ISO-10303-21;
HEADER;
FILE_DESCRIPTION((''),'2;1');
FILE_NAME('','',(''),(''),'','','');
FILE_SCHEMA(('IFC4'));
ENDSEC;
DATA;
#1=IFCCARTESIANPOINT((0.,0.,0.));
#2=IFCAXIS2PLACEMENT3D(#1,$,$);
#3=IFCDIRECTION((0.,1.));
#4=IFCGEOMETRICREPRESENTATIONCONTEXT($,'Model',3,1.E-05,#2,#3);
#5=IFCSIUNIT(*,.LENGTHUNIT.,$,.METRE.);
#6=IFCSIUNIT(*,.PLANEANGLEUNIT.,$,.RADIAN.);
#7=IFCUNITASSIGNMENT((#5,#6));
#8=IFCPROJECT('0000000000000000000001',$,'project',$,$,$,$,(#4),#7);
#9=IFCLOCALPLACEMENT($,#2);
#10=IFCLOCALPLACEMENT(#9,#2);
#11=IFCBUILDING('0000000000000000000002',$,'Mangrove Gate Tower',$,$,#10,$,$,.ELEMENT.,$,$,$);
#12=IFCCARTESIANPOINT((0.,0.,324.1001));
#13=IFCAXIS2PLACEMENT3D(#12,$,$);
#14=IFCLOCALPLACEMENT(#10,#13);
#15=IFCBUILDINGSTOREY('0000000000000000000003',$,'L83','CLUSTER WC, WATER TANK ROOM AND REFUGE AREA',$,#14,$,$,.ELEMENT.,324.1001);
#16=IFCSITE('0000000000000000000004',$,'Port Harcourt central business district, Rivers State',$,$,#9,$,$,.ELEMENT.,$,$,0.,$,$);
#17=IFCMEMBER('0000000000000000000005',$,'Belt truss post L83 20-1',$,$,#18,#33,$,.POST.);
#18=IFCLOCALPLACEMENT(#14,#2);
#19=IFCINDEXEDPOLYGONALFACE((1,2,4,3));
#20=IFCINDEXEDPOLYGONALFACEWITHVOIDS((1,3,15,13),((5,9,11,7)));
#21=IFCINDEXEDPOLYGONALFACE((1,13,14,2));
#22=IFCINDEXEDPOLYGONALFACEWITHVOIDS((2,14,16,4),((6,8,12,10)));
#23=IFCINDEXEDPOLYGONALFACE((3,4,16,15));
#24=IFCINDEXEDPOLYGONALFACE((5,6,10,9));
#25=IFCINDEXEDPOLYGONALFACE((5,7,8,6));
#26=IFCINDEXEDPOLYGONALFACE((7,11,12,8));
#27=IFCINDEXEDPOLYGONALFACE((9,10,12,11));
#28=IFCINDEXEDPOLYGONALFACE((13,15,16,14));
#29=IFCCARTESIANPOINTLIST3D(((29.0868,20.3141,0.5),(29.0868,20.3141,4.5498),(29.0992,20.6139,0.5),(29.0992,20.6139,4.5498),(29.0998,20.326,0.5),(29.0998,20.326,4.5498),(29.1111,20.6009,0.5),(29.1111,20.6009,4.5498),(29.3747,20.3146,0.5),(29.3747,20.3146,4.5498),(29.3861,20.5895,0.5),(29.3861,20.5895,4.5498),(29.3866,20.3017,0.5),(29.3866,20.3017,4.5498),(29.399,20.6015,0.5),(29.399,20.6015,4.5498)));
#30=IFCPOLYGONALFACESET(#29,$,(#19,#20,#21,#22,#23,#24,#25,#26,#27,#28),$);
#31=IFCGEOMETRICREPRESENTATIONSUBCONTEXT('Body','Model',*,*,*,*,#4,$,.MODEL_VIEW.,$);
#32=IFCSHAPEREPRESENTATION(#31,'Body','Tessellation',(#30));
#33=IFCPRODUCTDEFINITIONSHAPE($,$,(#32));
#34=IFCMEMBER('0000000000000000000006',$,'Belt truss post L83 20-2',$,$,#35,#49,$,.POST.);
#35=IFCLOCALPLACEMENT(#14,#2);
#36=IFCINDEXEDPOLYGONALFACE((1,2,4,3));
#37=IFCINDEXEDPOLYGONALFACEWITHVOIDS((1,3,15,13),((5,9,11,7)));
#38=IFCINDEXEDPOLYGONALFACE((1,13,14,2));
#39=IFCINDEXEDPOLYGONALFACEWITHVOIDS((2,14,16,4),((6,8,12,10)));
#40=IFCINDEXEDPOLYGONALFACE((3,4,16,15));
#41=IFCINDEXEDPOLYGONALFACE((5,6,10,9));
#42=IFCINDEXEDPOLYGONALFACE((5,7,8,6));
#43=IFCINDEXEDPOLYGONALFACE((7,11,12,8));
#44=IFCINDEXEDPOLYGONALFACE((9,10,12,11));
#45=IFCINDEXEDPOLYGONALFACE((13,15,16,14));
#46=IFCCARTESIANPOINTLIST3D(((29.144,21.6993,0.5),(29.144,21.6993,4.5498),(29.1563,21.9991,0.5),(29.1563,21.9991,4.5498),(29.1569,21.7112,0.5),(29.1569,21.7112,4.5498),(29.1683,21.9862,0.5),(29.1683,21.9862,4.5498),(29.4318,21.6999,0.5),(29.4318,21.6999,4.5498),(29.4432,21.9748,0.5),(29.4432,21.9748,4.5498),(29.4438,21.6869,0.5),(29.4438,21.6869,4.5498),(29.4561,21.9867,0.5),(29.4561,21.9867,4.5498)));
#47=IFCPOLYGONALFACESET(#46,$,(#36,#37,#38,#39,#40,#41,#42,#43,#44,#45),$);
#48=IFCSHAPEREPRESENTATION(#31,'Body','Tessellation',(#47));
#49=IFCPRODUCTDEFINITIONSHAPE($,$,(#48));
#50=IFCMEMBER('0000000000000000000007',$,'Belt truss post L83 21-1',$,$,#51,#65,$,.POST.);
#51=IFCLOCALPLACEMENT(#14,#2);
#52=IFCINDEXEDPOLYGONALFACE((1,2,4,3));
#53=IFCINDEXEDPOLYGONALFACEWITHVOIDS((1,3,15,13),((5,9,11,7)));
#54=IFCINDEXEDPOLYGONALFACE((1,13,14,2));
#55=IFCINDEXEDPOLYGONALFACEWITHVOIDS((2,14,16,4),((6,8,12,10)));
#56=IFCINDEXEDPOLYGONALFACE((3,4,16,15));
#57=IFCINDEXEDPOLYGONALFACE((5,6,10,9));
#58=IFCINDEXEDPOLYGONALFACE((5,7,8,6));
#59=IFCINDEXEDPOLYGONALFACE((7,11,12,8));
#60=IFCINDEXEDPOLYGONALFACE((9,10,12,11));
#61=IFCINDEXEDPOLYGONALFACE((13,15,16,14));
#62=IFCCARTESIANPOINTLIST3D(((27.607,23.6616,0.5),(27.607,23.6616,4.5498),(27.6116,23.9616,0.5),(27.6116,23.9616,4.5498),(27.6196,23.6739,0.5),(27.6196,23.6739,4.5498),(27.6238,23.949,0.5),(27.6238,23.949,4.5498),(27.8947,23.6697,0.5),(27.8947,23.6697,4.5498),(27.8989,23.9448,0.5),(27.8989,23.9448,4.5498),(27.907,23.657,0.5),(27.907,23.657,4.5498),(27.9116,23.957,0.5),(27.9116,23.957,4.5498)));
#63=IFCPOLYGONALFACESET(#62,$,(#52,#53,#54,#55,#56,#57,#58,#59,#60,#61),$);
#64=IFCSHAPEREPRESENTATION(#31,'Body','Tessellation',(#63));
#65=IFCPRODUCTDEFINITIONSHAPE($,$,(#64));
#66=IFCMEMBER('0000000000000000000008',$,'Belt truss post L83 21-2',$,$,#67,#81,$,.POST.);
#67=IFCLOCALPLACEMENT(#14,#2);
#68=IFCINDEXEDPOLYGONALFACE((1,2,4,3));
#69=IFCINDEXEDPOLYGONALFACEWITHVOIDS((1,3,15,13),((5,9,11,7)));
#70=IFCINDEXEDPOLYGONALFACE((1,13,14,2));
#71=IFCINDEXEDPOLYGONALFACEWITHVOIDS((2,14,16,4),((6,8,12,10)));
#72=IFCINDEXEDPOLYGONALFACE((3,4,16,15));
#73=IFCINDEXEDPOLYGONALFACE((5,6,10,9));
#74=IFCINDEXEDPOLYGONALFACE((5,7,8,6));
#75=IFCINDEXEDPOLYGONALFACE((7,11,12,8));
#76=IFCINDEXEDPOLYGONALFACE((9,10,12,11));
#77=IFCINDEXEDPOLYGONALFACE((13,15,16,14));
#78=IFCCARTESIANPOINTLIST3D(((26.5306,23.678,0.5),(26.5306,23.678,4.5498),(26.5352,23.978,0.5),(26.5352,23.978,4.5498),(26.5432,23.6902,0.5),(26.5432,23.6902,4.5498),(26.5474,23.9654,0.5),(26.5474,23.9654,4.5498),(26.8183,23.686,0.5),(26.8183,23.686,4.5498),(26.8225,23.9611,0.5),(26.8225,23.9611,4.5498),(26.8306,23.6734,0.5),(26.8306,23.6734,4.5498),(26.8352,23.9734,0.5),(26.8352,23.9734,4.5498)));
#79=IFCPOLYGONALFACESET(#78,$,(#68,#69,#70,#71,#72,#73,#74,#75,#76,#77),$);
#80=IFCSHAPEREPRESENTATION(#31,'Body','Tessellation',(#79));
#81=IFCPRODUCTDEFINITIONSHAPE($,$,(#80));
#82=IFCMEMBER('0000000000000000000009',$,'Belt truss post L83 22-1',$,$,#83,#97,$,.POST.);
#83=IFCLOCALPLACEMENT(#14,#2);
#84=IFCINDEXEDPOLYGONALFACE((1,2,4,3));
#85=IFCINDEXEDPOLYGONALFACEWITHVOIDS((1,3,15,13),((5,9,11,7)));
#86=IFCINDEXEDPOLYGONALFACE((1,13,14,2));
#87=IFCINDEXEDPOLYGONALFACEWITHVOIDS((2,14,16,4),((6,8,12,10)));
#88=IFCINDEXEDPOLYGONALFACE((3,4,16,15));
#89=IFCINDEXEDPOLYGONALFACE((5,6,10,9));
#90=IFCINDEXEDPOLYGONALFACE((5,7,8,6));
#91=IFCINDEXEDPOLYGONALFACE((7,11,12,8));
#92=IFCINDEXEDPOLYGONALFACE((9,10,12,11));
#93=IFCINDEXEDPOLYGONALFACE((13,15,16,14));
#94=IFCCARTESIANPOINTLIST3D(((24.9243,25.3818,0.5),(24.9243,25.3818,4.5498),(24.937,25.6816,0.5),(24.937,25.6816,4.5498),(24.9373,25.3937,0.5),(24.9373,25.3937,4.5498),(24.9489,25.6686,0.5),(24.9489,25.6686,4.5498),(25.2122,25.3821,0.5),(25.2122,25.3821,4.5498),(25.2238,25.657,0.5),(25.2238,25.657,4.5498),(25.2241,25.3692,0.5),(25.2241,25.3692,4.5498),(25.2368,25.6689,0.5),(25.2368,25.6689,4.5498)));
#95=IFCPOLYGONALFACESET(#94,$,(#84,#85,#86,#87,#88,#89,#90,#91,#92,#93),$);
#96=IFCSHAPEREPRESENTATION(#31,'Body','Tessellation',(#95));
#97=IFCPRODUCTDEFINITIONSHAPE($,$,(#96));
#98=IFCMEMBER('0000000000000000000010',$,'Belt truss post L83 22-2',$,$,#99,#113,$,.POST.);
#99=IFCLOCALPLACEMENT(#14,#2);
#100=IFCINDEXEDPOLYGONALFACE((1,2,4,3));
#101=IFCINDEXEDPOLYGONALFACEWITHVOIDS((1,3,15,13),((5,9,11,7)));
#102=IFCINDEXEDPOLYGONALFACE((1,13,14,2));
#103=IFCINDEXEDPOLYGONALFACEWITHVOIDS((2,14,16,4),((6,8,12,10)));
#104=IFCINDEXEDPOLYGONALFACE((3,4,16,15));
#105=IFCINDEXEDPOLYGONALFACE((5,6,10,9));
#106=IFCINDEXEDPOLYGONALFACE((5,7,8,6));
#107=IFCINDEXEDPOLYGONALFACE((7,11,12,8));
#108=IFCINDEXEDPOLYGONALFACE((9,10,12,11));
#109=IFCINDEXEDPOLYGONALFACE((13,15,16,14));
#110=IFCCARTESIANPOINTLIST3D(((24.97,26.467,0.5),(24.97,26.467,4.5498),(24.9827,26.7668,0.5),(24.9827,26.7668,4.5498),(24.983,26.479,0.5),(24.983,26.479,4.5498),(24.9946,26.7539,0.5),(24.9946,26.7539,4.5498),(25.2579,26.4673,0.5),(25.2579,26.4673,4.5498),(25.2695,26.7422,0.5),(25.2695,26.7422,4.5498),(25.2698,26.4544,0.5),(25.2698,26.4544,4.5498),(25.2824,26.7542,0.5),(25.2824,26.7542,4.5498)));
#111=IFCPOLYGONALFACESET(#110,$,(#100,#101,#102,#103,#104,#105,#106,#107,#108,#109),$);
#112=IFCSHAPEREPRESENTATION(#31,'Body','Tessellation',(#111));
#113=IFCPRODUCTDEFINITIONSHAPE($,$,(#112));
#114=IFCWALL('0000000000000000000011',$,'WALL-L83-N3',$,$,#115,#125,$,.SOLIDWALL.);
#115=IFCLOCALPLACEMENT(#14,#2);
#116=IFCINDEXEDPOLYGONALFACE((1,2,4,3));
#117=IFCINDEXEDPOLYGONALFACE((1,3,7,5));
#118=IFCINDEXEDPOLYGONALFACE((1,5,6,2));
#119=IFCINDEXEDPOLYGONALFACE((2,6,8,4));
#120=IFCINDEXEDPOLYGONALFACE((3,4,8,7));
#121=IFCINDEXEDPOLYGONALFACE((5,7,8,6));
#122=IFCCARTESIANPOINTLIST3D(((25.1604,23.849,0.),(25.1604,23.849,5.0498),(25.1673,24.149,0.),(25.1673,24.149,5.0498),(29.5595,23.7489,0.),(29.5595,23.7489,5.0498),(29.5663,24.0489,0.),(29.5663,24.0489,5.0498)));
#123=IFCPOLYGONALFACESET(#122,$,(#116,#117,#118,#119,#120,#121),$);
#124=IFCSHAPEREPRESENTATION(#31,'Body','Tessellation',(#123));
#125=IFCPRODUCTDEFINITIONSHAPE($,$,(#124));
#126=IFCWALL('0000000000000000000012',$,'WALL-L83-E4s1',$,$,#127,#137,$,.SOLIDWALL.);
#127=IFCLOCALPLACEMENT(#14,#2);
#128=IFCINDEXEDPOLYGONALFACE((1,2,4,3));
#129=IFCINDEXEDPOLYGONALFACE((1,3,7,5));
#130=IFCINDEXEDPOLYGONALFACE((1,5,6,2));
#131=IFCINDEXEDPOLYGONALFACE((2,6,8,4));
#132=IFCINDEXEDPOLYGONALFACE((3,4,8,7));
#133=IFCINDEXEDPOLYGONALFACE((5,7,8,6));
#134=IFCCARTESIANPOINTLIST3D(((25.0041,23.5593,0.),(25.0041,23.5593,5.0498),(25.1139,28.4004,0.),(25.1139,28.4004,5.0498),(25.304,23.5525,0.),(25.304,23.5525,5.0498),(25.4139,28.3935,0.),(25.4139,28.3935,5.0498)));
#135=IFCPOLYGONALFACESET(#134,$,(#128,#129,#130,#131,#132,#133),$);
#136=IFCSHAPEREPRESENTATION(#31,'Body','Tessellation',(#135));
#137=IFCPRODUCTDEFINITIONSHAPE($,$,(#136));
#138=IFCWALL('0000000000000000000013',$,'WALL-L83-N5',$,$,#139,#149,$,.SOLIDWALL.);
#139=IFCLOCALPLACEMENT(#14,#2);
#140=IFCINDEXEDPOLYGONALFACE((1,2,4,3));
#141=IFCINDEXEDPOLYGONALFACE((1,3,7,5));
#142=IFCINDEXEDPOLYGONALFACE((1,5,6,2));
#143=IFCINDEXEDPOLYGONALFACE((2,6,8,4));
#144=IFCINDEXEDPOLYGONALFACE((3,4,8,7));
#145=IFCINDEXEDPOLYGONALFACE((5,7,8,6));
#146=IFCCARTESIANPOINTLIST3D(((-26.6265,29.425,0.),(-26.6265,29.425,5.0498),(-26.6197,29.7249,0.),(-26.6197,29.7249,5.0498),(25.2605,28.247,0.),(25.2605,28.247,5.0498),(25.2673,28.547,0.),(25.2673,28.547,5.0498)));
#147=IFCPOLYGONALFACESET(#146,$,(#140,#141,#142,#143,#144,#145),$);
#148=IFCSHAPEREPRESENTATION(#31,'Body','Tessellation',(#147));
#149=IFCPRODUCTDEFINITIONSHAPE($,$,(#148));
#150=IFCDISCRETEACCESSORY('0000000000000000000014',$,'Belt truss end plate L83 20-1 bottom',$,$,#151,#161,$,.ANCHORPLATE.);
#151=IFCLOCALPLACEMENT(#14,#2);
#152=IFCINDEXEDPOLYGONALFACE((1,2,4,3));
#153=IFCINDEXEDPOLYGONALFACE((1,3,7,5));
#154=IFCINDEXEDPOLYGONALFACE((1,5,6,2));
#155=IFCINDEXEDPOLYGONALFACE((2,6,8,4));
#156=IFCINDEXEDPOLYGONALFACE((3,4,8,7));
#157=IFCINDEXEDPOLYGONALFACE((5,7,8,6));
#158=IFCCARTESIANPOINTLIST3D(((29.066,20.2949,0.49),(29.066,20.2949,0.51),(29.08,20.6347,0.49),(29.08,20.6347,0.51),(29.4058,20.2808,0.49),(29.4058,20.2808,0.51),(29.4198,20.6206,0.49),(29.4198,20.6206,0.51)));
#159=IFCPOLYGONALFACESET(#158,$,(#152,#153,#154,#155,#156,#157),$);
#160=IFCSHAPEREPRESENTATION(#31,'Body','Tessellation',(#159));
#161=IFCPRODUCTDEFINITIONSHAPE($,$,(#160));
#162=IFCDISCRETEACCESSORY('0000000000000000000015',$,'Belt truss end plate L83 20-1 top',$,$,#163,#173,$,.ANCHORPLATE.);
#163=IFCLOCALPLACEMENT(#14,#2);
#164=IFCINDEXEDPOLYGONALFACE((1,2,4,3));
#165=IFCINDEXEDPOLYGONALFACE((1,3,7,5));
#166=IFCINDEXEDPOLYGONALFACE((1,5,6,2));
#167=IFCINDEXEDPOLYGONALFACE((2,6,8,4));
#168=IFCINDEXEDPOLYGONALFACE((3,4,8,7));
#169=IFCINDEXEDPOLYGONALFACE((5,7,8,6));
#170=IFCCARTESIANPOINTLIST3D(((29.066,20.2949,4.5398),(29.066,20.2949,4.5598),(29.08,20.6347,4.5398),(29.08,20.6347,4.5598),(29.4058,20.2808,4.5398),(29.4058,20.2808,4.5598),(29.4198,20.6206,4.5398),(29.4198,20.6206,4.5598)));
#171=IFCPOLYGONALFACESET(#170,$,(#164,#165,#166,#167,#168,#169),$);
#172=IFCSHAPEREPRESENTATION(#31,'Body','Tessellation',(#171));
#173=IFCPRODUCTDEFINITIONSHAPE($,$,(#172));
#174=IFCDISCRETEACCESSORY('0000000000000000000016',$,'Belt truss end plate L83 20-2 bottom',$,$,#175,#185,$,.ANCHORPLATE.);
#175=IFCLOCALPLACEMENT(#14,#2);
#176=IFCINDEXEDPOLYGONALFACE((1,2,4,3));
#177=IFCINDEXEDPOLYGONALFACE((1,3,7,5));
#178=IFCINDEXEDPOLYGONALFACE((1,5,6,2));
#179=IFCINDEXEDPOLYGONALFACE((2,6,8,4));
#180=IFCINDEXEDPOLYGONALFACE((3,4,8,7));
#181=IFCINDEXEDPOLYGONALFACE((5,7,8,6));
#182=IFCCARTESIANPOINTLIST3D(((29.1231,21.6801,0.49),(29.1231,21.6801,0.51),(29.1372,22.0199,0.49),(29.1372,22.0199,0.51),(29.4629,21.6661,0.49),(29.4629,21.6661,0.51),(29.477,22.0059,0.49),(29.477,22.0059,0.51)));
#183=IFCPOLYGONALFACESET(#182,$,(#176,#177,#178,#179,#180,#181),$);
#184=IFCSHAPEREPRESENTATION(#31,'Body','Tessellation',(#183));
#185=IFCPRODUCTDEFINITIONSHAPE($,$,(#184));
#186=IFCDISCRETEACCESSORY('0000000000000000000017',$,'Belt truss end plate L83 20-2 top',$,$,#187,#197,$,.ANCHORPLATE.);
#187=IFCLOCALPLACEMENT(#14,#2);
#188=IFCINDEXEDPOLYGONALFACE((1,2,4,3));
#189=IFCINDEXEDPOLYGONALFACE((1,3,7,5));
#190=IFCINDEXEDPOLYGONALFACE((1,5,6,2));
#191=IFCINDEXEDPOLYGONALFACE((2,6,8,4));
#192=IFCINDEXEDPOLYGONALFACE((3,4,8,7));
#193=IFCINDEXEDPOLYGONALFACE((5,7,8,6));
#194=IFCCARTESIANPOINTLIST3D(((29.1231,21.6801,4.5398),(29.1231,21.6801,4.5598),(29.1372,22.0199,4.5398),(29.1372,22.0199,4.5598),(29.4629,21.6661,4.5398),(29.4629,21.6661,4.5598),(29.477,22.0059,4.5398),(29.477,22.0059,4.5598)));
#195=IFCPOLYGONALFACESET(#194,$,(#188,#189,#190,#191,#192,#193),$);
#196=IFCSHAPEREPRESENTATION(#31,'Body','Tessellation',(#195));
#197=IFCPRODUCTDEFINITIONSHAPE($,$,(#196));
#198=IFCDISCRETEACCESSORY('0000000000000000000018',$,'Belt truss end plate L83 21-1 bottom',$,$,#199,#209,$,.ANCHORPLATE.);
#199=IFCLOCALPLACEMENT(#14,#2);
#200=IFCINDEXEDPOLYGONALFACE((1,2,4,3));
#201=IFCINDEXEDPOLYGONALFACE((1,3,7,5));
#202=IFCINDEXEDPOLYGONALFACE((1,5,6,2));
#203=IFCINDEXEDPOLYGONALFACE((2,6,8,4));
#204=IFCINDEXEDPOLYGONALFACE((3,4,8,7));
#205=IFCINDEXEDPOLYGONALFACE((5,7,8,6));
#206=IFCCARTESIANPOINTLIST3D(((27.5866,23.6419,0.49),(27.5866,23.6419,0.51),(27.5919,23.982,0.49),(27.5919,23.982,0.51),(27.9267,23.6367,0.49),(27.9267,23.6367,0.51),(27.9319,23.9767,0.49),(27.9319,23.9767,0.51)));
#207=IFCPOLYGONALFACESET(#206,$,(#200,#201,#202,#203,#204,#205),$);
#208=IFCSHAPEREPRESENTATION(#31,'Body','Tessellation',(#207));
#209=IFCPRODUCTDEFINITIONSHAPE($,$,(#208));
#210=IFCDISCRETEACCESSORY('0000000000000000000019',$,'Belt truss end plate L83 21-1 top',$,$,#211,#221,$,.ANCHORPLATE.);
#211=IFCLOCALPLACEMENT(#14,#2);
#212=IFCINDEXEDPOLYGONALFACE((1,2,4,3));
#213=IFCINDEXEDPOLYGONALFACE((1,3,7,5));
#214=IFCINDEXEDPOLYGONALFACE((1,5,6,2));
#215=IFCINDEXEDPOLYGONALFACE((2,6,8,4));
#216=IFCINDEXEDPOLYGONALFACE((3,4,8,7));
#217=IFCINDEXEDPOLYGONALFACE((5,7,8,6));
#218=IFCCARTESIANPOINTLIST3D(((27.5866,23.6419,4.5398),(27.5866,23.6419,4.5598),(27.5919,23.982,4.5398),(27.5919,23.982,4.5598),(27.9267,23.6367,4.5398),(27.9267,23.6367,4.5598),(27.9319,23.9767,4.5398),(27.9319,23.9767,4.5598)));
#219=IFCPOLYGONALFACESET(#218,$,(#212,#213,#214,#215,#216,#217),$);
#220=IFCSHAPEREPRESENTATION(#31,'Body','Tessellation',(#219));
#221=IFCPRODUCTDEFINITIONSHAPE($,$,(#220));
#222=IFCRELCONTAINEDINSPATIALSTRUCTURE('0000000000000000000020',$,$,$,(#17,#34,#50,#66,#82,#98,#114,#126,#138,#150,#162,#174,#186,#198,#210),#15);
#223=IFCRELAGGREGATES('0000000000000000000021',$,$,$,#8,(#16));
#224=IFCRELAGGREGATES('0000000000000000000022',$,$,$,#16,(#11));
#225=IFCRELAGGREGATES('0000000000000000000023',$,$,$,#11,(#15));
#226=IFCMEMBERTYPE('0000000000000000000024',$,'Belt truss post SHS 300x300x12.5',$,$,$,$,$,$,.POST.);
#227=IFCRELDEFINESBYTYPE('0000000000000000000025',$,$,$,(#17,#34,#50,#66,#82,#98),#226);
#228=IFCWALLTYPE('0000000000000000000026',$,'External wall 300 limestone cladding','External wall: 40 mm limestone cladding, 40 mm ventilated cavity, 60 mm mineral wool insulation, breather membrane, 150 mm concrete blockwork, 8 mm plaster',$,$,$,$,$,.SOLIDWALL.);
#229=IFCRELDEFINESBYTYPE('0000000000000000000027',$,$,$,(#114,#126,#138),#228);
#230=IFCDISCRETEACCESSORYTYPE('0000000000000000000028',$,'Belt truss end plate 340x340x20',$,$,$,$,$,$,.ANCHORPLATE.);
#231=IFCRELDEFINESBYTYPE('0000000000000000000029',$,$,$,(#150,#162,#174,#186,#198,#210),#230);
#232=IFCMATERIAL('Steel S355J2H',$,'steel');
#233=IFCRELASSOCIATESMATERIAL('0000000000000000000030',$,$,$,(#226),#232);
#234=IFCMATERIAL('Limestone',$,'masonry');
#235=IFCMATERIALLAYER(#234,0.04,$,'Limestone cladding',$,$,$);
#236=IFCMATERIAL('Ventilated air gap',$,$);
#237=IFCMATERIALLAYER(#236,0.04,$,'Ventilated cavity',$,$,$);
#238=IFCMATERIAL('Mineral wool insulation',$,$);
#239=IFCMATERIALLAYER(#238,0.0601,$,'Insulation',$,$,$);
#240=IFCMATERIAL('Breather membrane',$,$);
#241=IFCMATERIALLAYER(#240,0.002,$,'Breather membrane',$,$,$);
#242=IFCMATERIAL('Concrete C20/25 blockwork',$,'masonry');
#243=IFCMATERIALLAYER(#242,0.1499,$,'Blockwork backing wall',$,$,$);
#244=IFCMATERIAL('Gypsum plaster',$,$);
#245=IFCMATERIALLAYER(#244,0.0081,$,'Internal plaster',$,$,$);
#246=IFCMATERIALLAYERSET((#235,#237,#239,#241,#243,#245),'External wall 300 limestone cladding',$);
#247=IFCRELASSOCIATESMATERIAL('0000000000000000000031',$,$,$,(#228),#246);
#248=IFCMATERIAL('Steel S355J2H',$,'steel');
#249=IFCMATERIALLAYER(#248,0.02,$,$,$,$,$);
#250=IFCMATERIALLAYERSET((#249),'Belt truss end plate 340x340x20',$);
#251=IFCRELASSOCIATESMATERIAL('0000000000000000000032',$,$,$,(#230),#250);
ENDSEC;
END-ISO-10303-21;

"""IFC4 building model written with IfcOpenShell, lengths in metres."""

from ifc_helpers import new_model, si_unit, direction, frame, frame_2d, origin, origin_2d, place, context, subcontext, project, spatial, rectangle, hollow_rectangle, extrude, material, layer, layer_set, material_profile, profile_set, type_object, element, save


model = new_model("IFC4")

# Units and contexts
model_context = context("Model", 3, precision=1e-05, world=origin(), true_north=direction((0.0, 1.0)))
body_context = subcontext(model_context, "Body", "Model", "MODEL_VIEW")
ifc_project = project(units=[si_unit("LENGTHUNIT", "METRE"), si_unit("PLANEANGLEUNIT", "RADIAN")], contexts=[model_context])

# Site, building, storey
site_placement = place(None, origin())
site = spatial("IfcSite", under=ifc_project, at=site_placement, Name="Port Harcourt central business district, Rivers State", CompositionType="ELEMENT", RefElevation=0.0)
building_placement = place(site_placement, origin())
building = spatial("IfcBuilding", under=site, at=building_placement, Name="Mangrove Gate Tower", CompositionType="ELEMENT")
storey_placement = place(building_placement, frame((0.0, 0.0, 324.1001)))
storey = spatial("IfcBuildingStorey", under=building, at=storey_placement, Name="L83", Description="CLUSTER WC, WATER TANK ROOM AND REFUGE AREA", CompositionType="ELEMENT", Elevation=324.1001)

# Members
ifc_material_1 = material(Name="Steel S355J2H", Category="steel")
ifc_material_profile_1 = material_profile(ifc_material_1, hollow_rectangle(XDim=0.3, YDim=0.3, WallThickness=0.0125, at=origin_2d()))
ifc_profile_set_1 = profile_set([ifc_material_profile_1], Name="Steel S355J2H")
member_type_1 = type_object("IfcMemberType", Name="Belt truss post SHS 300x300x12.5", PredefinedType="POST", material=ifc_profile_set_1)
for number, where, z_axis, x_axis, name in (
    (1, (29.2429, 20.4578, 0.5), (0.0, 0.0, 1.0), (0.041276, 0.999148, 0.0), "Belt truss post L83 20-1"),
    (2, (29.3, 21.843, 0.5), (0.0, 0.0, 1.0), (0.041276, 0.999148, 0.0), "Belt truss post L83 20-2"),
    (3, (27.7593, 23.8093, 0.5), (0.0, 0.0, 1.0), (-0.999882, 0.015336, 0.0), "Belt truss post L83 21-1"),
    (4, (26.6829, 23.8257, 0.5), (0.0, 0.0, 1.0), (-0.999882, 0.015336, 0.0), "Belt truss post L83 21-2"),
    (5, (25.0806, 25.5254, 0.5), (0.0, 0.0, 1.0), (0.04222, 0.999108, 0.0), "Belt truss post L83 22-1"),
    (6, (25.1262, 26.6106, 0.5), (0.0, 0.0, 1.0), (0.04222, 0.999108, 0.0), "Belt truss post L83 22-2"),
):
    element("IfcMember", number, at=place(storey_placement, frame(where, z_axis=z_axis, x_axis=x_axis)), inside=storey, type_object=member_type_1, Name=name, PredefinedType="POST", context=body_context, shape_type="SweptSolid", body=[
        extrude(hollow_rectangle(XDim=0.3, YDim=0.3, WallThickness=0.0125, at=origin_2d()), origin(), (0.0, 0.0, 1.0), 4.0498),
    ])

# Walls
ifc_material_2 = material(Name="Limestone", Category="masonry")
ifc_layer_1 = layer(ifc_material_2, 0.04, Name="Limestone cladding")
ifc_material_3 = material(Name="Ventilated air gap")
ifc_layer_2 = layer(ifc_material_3, 0.04, Name="Ventilated cavity")
ifc_material_4 = material(Name="Mineral wool insulation")
ifc_layer_3 = layer(ifc_material_4, 0.0601, Name="Insulation")
ifc_material_5 = material(Name="Breather membrane")
ifc_layer_4 = layer(ifc_material_5, 0.002, Name="Breather membrane")
ifc_material_6 = material(Name="Concrete C20/25 blockwork", Category="masonry")
ifc_layer_5 = layer(ifc_material_6, 0.1499, Name="Blockwork backing wall")
ifc_material_7 = material(Name="Gypsum plaster")
ifc_layer_6 = layer(ifc_material_7, 0.0081, Name="Internal plaster")
ifc_layer_set_1 = layer_set([ifc_layer_1, ifc_layer_2, ifc_layer_3, ifc_layer_4, ifc_layer_5, ifc_layer_6], Name="External wall 300 limestone cladding")
wall_type = type_object("IfcWallType", Name="External wall 300 limestone cladding", Description="External wall: 40 mm limestone cladding, 40 mm ventilated cavity, 60 mm mineral wool insulation, breather membrane, 150 mm concrete blockwork, 8 mm plaster", PredefinedType="SOLIDWALL", material=ifc_layer_set_1)
wall_1_placement = place(storey_placement, frame((29.563, 23.8989, 0.0), z_axis=(0.0, 0.0, 1.0), x_axis=(-0.999741, 0.022749, 0.0)))
element("IfcWall", 7, at=wall_1_placement, inside=storey, type_object=wall_type, Name="WALL-L83-N3", PredefinedType="SOLIDWALL", context=body_context, shape_type="SweptSolid", body=[
    extrude(rectangle(XDim=4.4001, YDim=0.3, at=frame_2d((2.2002, 0.0))), origin(), (0.0, 0.0, 1.0), 5.0498),
])
wall_2_placement = place(storey_placement, frame((25.1541, 23.5559, 0.0), z_axis=(0.0, 0.0, 1.0), x_axis=(0.022688, 0.999743, 0.0)))
element("IfcWall", 8, at=wall_2_placement, inside=storey, type_object=wall_type, Name="WALL-L83-E4s1", PredefinedType="SOLIDWALL", context=body_context, shape_type="SweptSolid", body=[
    extrude(rectangle(XDim=4.8423, YDim=0.3, at=frame_2d((2.4211, 0.0))), origin(), (0.0, 0.0, 1.0), 5.0498),
])
wall_3_placement = place(storey_placement, frame((25.2639, 28.397, 0.0), z_axis=(0.0, 0.0, 1.0), x_axis=(-0.999742, 0.022697, 0.0)))
element("IfcWall", 9, at=wall_3_placement, inside=storey, type_object=wall_type, Name="WALL-L83-N5", PredefinedType="SOLIDWALL", context=body_context, shape_type="SweptSolid", body=[
    extrude(rectangle(XDim=51.9004, YDim=0.3, at=frame_2d((25.9502, 0.0))), origin(), (0.0, 0.0, 1.0), 5.0498),
])

# Discrete accessories
ifc_material_8 = material(Name="Steel S355J2H", Category="steel")
ifc_layer_7 = layer(ifc_material_8, 0.02)
ifc_layer_set_2 = layer_set([ifc_layer_7], Name="Belt truss end plate 340x340x20")
discrete_accessory_type = type_object("IfcDiscreteAccessoryType", Name="Belt truss end plate 340x340x20", PredefinedType="ANCHORPLATE", material=ifc_layer_set_2)
for number, where, z_axis, x_axis, name in (
    (10, (29.2429, 20.4578, 0.49), (0.0, 0.0, 1.0), (0.041276, 0.999148, 0.0), "Belt truss end plate L83 20-1 bottom"),
    (11, (29.2429, 20.4578, 4.5398), (0.0, 0.0, 1.0), (0.041276, 0.999148, 0.0), "Belt truss end plate L83 20-1 top"),
    (12, (29.3, 21.843, 0.49), (0.0, 0.0, 1.0), (0.041276, 0.999148, 0.0), "Belt truss end plate L83 20-2 bottom"),
    (13, (29.3, 21.843, 4.5398), (0.0, 0.0, 1.0), (0.041276, 0.999148, 0.0), "Belt truss end plate L83 20-2 top"),
    (14, (27.7593, 23.8093, 0.49), (0.0, 0.0, 1.0), (-0.999882, 0.015336, 0.0), "Belt truss end plate L83 21-1 bottom"),
    (15, (27.7593, 23.8093, 4.5398), (0.0, 0.0, 1.0), (-0.999882, 0.015336, 0.0), "Belt truss end plate L83 21-1 top"),
):
    element("IfcDiscreteAccessory", number, at=place(storey_placement, frame(where, z_axis=z_axis, x_axis=x_axis)), inside=storey, type_object=discrete_accessory_type, Name=name, PredefinedType="ANCHORPLATE", context=body_context, shape_type="SweptSolid", body=[
        extrude(rectangle(XDim=0.3401, YDim=0.3401, at=origin_2d()), origin(), (0.0, 0.0, 1.0), 0.02),
    ])

save(model, "model.ifc")
